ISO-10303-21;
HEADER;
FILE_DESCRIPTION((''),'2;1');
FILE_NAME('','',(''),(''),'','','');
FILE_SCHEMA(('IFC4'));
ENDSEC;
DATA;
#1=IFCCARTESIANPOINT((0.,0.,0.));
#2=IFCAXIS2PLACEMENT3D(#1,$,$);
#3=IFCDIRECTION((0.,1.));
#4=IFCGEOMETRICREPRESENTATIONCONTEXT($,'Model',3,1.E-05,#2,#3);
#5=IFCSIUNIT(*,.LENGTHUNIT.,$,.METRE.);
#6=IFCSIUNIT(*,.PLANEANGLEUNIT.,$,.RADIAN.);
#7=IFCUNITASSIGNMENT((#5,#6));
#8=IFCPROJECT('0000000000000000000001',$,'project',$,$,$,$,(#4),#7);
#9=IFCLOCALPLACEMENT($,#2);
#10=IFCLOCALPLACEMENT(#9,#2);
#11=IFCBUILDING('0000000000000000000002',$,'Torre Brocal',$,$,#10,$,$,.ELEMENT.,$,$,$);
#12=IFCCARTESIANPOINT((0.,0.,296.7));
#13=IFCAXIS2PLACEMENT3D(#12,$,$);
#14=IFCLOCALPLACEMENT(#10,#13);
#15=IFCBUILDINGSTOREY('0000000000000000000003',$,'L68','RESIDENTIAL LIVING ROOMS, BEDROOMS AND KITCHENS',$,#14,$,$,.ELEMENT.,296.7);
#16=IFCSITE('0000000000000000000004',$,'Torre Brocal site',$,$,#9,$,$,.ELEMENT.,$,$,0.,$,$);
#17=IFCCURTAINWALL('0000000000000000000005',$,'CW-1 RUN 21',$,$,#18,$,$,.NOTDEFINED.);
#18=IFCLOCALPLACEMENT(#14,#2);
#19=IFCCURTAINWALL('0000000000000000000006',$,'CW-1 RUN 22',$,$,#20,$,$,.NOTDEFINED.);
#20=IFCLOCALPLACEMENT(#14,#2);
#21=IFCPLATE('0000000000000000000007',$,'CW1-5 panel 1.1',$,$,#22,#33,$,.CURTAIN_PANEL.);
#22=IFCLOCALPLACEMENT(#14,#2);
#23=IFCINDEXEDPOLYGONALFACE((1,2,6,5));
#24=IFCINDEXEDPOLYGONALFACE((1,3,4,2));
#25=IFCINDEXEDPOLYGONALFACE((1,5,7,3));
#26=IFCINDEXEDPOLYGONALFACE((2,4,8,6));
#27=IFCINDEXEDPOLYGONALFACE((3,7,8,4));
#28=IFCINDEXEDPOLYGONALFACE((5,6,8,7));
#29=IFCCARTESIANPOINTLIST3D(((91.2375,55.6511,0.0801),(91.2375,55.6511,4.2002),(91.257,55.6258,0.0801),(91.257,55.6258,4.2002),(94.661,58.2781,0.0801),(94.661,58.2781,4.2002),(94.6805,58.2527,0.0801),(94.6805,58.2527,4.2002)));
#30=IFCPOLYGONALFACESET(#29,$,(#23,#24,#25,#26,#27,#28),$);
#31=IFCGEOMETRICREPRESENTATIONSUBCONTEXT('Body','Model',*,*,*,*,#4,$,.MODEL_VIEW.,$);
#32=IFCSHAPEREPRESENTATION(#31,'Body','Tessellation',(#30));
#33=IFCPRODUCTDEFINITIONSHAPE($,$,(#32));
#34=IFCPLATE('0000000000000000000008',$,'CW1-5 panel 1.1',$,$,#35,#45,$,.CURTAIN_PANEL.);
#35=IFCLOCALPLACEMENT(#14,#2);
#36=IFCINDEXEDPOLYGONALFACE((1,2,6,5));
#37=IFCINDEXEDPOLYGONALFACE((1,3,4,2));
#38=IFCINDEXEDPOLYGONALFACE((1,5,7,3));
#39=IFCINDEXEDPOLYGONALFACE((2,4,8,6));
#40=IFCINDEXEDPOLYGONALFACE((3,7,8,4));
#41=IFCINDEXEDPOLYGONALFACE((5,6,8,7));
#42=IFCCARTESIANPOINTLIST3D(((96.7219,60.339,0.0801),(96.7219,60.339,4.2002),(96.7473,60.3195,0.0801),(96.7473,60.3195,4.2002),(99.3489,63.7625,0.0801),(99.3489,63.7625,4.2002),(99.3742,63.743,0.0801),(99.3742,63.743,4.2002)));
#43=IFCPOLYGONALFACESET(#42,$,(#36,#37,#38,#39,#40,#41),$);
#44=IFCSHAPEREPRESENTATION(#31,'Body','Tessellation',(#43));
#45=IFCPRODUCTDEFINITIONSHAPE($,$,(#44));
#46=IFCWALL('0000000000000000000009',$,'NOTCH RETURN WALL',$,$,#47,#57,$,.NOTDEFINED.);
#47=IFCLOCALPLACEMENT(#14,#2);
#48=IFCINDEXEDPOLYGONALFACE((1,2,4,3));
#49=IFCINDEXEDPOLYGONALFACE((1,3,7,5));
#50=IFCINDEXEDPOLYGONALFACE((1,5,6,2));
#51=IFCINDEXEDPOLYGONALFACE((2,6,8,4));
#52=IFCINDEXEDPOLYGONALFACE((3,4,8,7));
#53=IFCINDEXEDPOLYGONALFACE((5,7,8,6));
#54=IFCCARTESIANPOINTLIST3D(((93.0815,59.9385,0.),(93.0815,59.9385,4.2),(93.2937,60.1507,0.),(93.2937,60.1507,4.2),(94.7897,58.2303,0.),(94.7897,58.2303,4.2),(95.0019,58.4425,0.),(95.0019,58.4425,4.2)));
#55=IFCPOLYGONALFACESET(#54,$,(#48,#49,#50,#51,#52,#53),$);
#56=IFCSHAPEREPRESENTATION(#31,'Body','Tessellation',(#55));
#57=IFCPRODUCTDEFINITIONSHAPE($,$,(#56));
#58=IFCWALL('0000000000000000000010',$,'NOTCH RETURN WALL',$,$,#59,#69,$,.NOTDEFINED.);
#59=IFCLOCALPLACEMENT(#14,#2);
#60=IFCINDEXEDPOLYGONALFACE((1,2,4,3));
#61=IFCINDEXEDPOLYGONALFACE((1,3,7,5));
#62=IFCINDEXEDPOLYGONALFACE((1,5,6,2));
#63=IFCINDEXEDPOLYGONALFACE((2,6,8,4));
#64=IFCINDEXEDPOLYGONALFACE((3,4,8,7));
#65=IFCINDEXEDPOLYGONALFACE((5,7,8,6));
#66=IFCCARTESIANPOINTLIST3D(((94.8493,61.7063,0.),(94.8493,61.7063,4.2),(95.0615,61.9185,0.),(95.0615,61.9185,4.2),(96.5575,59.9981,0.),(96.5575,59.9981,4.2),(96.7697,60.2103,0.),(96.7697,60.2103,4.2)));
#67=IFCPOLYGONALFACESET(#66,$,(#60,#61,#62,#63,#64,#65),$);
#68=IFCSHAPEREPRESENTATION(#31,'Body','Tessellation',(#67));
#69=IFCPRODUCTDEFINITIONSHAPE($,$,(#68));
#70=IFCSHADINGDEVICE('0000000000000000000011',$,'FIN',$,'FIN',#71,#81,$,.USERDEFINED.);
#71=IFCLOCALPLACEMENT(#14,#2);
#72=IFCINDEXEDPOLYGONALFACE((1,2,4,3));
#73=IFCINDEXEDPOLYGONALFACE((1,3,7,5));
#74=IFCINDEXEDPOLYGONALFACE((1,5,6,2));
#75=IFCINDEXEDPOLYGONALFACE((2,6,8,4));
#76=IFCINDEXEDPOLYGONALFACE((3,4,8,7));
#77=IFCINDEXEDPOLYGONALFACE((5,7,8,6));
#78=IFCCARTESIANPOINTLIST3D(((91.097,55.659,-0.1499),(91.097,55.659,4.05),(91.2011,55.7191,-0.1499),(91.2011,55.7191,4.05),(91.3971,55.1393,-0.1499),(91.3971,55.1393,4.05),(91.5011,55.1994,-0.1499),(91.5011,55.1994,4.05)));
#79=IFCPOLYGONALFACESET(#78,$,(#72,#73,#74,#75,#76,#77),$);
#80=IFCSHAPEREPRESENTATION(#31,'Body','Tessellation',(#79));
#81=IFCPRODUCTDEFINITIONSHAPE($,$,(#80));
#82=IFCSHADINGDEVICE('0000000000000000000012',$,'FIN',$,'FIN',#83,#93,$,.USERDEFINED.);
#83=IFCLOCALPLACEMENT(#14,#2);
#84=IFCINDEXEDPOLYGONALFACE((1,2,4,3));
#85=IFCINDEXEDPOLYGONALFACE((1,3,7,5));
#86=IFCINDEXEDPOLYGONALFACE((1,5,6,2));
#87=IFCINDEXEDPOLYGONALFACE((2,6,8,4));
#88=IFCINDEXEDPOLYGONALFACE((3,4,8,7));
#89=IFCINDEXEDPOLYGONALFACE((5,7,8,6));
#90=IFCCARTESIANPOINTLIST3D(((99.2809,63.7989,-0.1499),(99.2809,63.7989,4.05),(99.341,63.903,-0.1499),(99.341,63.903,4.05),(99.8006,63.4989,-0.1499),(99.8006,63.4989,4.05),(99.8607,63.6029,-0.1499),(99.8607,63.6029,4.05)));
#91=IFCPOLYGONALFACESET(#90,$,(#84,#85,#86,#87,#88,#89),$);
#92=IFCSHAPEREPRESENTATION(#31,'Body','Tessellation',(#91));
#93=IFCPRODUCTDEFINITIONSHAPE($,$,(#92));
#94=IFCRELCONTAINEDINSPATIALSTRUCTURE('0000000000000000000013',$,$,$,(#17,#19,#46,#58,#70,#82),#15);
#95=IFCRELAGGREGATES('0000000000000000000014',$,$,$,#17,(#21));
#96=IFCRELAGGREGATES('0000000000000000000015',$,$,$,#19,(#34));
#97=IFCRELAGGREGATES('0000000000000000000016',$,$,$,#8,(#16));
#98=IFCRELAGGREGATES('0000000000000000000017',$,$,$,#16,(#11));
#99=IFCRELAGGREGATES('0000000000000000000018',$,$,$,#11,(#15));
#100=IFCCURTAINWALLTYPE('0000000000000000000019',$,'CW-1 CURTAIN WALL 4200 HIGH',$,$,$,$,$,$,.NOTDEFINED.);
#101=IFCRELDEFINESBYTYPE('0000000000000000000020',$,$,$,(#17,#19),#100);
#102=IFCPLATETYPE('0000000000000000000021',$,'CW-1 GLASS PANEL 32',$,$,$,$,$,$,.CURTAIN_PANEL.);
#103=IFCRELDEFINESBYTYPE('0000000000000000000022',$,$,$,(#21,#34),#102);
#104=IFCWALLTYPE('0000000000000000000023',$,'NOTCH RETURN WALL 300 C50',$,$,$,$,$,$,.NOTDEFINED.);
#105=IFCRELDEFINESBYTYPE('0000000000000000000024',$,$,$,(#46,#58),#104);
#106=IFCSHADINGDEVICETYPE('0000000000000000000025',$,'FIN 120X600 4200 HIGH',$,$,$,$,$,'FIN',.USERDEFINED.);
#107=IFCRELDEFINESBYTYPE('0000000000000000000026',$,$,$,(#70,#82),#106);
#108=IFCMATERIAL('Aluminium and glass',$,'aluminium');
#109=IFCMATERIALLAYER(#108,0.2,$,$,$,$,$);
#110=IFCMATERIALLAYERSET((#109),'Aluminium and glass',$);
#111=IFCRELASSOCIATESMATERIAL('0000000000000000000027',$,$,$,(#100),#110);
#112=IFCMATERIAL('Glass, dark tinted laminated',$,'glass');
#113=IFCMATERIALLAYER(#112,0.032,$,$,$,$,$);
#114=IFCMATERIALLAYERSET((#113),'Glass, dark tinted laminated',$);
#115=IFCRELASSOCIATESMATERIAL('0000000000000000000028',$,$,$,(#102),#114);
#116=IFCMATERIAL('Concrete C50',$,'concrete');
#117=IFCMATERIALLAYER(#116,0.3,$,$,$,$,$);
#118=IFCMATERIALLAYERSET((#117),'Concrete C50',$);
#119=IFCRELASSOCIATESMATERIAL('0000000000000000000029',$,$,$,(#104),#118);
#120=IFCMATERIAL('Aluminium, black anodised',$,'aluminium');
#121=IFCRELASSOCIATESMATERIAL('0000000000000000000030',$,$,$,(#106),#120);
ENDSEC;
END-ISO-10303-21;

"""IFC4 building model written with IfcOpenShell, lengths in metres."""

from ifc_helpers import new_model, si_unit, direction, frame, frame_2d, origin, origin_2d, place, context, subcontext, project, spatial, rectangle, extrude, material, layer, layer_set, material_profile, profile_set, type_object, element, aggregate, save


model = new_model("IFC4")

# Units and contexts
model_context = context("Model", 3, precision=1e-05, world=origin(), true_north=direction((0.0, 1.0)))
body_context = subcontext(model_context, "Body", "Model", "MODEL_VIEW")
ifc_project = project(units=[si_unit("LENGTHUNIT", "METRE"), si_unit("PLANEANGLEUNIT", "RADIAN")], contexts=[model_context])

# Site, building, storey
site_placement = place(None, origin())
site = spatial("IfcSite", under=ifc_project, at=site_placement, Name="Torre Brocal site", CompositionType="ELEMENT", RefElevation=0.0)
building_placement = place(site_placement, origin())
building = spatial("IfcBuilding", under=site, at=building_placement, Name="Torre Brocal", CompositionType="ELEMENT")
storey_placement = place(building_placement, frame((0.0, 0.0, 296.7)))
storey = spatial("IfcBuildingStorey", under=building, at=storey_placement, Name="L68", Description="RESIDENTIAL LIVING ROOMS, BEDROOMS AND KITCHENS", CompositionType="ELEMENT", Elevation=296.7)

# Curtain walls
ifc_material_1 = material(Name="Aluminium and glass", Category="aluminium")
ifc_layer_1 = layer(ifc_material_1, 0.2)
ifc_layer_set_1 = layer_set([ifc_layer_1], Name="Aluminium and glass")
curtain_wall_type = type_object("IfcCurtainWallType", Name="CW-1 CURTAIN WALL 4200 HIGH", PredefinedType="NOTDEFINED", material=ifc_layer_set_1)
curtain_wall_1_placement = place(storey_placement, origin())
curtain_wall_1 = element("IfcCurtainWall", 1, at=curtain_wall_1_placement, inside=storey, type_object=curtain_wall_type, Name="CW-1 RUN 21", PredefinedType="NOTDEFINED")
curtain_wall_2_placement = place(storey_placement, origin())
curtain_wall_2 = element("IfcCurtainWall", 2, at=curtain_wall_2_placement, inside=storey, type_object=curtain_wall_type, Name="CW-1 RUN 22", PredefinedType="NOTDEFINED")

# Plates
ifc_material_2 = material(Name="Glass, dark tinted laminated", Category="glass")
ifc_layer_2 = layer(ifc_material_2, 0.032)
ifc_layer_set_2 = layer_set([ifc_layer_2], Name="Glass, dark tinted laminated")
plate_type = type_object("IfcPlateType", Name="CW-1 GLASS PANEL 32", PredefinedType="CURTAIN_PANEL", material=ifc_layer_set_2)
plate_1_placement = place(storey_placement, frame((92.959, 56.9519, 0.0801), z_axis=(0.0, 0.0, 1.0), x_axis=(0.793353, 0.608761, 0.0)))
plate_1 = element("IfcPlate", 3, at=plate_1_placement, type_object=plate_type, Name="CW1-5 panel 1.1", PredefinedType="CURTAIN_PANEL", context=body_context, shape_type="SweptSolid", body=[
    extrude(rectangle(XDim=4.3152, YDim=0.032, at=origin_2d()), origin(), (0.0, 0.0, 1.0), 4.1201),
])
aggregate(curtain_wall_1, [plate_1])
plate_2_placement = place(storey_placement, frame((98.0481, 62.041, 0.0801), z_axis=(0.0, 0.0, 1.0), x_axis=(0.608761, 0.793353, 0.0)))
plate_2 = element("IfcPlate", 4, at=plate_2_placement, type_object=plate_type, Name="CW1-5 panel 1.1", PredefinedType="CURTAIN_PANEL", context=body_context, shape_type="SweptSolid", body=[
    extrude(rectangle(XDim=4.3152, YDim=0.032, at=origin_2d()), origin(), (0.0, 0.0, 1.0), 4.1201),
])
aggregate(curtain_wall_2, [plate_2])

# Walls
ifc_material_3 = material(Name="Concrete C50", Category="concrete")
ifc_layer_3 = layer(ifc_material_3, 0.3)
ifc_layer_set_3 = layer_set([ifc_layer_3], Name="Concrete C50")
wall_type = type_object("IfcWallType", Name="NOTCH RETURN WALL 300 C50", PredefinedType="NOTDEFINED", material=ifc_layer_set_3)
for number, where, z_axis, x_axis, name in (
    (5, (93.1875, 60.0447, 0.0), (0.0, 0.0, 1.0), (0.707107, -0.707107, 0.0), "NOTCH RETURN WALL"),
    (6, (94.9553, 61.8125, 0.0), (0.0, 0.0, 1.0), (0.707107, -0.707107, 0.0), "NOTCH RETURN WALL"),
):
    element("IfcWall", number, at=place(storey_placement, frame(where, z_axis=z_axis, x_axis=x_axis)), inside=storey, type_object=wall_type, Name=name, PredefinedType="NOTDEFINED", context=body_context, shape_type="SweptSolid", body=[
        extrude(rectangle(XDim=2.4158, YDim=0.3, at=frame_2d((1.208, 0.0))), origin(), (0.0, 0.0, 1.0), 4.2),
    ])

# Shading devices
ifc_material_4 = material(Name="Aluminium, black anodised", Category="aluminium")
ifc_material_profile_1 = material_profile(ifc_material_4, rectangle(XDim=0.1201, YDim=0.6001, at=origin_2d()), Name="FIN 120X600 4200 HIGH")
ifc_profile_set_1 = profile_set([ifc_material_profile_1], Name="Aluminium, black anodised")
shading_device_type = type_object("IfcShadingDeviceType", Name="FIN 120X600 4200 HIGH", ElementType="FIN", PredefinedType="USERDEFINED", material=ifc_profile_set_1)
for number, where, z_axis, x_axis, name in (
    (7, (91.2991, 55.4292, -0.1499), (0.0, 0.0, 1.0), (0.866025, 0.5, 0.0), "FIN"),
    (8, (99.5708, 63.7009, -0.1499), (0.0, 0.0, 1.0), (0.5, 0.866025, 0.0), "FIN"),
):
    element("IfcShadingDevice", number, at=place(storey_placement, frame(where, z_axis=z_axis, x_axis=x_axis)), inside=storey, type_object=shading_device_type, Name=name, ObjectType="FIN", PredefinedType="USERDEFINED", context=body_context, shape_type="SweptSolid", body=[
        extrude(rectangle(XDim=0.1201, YDim=0.6001, at=origin_2d()), origin(), (0.0, 0.0, 1.0), 4.2),
    ])

save(model, "model.ifc")
